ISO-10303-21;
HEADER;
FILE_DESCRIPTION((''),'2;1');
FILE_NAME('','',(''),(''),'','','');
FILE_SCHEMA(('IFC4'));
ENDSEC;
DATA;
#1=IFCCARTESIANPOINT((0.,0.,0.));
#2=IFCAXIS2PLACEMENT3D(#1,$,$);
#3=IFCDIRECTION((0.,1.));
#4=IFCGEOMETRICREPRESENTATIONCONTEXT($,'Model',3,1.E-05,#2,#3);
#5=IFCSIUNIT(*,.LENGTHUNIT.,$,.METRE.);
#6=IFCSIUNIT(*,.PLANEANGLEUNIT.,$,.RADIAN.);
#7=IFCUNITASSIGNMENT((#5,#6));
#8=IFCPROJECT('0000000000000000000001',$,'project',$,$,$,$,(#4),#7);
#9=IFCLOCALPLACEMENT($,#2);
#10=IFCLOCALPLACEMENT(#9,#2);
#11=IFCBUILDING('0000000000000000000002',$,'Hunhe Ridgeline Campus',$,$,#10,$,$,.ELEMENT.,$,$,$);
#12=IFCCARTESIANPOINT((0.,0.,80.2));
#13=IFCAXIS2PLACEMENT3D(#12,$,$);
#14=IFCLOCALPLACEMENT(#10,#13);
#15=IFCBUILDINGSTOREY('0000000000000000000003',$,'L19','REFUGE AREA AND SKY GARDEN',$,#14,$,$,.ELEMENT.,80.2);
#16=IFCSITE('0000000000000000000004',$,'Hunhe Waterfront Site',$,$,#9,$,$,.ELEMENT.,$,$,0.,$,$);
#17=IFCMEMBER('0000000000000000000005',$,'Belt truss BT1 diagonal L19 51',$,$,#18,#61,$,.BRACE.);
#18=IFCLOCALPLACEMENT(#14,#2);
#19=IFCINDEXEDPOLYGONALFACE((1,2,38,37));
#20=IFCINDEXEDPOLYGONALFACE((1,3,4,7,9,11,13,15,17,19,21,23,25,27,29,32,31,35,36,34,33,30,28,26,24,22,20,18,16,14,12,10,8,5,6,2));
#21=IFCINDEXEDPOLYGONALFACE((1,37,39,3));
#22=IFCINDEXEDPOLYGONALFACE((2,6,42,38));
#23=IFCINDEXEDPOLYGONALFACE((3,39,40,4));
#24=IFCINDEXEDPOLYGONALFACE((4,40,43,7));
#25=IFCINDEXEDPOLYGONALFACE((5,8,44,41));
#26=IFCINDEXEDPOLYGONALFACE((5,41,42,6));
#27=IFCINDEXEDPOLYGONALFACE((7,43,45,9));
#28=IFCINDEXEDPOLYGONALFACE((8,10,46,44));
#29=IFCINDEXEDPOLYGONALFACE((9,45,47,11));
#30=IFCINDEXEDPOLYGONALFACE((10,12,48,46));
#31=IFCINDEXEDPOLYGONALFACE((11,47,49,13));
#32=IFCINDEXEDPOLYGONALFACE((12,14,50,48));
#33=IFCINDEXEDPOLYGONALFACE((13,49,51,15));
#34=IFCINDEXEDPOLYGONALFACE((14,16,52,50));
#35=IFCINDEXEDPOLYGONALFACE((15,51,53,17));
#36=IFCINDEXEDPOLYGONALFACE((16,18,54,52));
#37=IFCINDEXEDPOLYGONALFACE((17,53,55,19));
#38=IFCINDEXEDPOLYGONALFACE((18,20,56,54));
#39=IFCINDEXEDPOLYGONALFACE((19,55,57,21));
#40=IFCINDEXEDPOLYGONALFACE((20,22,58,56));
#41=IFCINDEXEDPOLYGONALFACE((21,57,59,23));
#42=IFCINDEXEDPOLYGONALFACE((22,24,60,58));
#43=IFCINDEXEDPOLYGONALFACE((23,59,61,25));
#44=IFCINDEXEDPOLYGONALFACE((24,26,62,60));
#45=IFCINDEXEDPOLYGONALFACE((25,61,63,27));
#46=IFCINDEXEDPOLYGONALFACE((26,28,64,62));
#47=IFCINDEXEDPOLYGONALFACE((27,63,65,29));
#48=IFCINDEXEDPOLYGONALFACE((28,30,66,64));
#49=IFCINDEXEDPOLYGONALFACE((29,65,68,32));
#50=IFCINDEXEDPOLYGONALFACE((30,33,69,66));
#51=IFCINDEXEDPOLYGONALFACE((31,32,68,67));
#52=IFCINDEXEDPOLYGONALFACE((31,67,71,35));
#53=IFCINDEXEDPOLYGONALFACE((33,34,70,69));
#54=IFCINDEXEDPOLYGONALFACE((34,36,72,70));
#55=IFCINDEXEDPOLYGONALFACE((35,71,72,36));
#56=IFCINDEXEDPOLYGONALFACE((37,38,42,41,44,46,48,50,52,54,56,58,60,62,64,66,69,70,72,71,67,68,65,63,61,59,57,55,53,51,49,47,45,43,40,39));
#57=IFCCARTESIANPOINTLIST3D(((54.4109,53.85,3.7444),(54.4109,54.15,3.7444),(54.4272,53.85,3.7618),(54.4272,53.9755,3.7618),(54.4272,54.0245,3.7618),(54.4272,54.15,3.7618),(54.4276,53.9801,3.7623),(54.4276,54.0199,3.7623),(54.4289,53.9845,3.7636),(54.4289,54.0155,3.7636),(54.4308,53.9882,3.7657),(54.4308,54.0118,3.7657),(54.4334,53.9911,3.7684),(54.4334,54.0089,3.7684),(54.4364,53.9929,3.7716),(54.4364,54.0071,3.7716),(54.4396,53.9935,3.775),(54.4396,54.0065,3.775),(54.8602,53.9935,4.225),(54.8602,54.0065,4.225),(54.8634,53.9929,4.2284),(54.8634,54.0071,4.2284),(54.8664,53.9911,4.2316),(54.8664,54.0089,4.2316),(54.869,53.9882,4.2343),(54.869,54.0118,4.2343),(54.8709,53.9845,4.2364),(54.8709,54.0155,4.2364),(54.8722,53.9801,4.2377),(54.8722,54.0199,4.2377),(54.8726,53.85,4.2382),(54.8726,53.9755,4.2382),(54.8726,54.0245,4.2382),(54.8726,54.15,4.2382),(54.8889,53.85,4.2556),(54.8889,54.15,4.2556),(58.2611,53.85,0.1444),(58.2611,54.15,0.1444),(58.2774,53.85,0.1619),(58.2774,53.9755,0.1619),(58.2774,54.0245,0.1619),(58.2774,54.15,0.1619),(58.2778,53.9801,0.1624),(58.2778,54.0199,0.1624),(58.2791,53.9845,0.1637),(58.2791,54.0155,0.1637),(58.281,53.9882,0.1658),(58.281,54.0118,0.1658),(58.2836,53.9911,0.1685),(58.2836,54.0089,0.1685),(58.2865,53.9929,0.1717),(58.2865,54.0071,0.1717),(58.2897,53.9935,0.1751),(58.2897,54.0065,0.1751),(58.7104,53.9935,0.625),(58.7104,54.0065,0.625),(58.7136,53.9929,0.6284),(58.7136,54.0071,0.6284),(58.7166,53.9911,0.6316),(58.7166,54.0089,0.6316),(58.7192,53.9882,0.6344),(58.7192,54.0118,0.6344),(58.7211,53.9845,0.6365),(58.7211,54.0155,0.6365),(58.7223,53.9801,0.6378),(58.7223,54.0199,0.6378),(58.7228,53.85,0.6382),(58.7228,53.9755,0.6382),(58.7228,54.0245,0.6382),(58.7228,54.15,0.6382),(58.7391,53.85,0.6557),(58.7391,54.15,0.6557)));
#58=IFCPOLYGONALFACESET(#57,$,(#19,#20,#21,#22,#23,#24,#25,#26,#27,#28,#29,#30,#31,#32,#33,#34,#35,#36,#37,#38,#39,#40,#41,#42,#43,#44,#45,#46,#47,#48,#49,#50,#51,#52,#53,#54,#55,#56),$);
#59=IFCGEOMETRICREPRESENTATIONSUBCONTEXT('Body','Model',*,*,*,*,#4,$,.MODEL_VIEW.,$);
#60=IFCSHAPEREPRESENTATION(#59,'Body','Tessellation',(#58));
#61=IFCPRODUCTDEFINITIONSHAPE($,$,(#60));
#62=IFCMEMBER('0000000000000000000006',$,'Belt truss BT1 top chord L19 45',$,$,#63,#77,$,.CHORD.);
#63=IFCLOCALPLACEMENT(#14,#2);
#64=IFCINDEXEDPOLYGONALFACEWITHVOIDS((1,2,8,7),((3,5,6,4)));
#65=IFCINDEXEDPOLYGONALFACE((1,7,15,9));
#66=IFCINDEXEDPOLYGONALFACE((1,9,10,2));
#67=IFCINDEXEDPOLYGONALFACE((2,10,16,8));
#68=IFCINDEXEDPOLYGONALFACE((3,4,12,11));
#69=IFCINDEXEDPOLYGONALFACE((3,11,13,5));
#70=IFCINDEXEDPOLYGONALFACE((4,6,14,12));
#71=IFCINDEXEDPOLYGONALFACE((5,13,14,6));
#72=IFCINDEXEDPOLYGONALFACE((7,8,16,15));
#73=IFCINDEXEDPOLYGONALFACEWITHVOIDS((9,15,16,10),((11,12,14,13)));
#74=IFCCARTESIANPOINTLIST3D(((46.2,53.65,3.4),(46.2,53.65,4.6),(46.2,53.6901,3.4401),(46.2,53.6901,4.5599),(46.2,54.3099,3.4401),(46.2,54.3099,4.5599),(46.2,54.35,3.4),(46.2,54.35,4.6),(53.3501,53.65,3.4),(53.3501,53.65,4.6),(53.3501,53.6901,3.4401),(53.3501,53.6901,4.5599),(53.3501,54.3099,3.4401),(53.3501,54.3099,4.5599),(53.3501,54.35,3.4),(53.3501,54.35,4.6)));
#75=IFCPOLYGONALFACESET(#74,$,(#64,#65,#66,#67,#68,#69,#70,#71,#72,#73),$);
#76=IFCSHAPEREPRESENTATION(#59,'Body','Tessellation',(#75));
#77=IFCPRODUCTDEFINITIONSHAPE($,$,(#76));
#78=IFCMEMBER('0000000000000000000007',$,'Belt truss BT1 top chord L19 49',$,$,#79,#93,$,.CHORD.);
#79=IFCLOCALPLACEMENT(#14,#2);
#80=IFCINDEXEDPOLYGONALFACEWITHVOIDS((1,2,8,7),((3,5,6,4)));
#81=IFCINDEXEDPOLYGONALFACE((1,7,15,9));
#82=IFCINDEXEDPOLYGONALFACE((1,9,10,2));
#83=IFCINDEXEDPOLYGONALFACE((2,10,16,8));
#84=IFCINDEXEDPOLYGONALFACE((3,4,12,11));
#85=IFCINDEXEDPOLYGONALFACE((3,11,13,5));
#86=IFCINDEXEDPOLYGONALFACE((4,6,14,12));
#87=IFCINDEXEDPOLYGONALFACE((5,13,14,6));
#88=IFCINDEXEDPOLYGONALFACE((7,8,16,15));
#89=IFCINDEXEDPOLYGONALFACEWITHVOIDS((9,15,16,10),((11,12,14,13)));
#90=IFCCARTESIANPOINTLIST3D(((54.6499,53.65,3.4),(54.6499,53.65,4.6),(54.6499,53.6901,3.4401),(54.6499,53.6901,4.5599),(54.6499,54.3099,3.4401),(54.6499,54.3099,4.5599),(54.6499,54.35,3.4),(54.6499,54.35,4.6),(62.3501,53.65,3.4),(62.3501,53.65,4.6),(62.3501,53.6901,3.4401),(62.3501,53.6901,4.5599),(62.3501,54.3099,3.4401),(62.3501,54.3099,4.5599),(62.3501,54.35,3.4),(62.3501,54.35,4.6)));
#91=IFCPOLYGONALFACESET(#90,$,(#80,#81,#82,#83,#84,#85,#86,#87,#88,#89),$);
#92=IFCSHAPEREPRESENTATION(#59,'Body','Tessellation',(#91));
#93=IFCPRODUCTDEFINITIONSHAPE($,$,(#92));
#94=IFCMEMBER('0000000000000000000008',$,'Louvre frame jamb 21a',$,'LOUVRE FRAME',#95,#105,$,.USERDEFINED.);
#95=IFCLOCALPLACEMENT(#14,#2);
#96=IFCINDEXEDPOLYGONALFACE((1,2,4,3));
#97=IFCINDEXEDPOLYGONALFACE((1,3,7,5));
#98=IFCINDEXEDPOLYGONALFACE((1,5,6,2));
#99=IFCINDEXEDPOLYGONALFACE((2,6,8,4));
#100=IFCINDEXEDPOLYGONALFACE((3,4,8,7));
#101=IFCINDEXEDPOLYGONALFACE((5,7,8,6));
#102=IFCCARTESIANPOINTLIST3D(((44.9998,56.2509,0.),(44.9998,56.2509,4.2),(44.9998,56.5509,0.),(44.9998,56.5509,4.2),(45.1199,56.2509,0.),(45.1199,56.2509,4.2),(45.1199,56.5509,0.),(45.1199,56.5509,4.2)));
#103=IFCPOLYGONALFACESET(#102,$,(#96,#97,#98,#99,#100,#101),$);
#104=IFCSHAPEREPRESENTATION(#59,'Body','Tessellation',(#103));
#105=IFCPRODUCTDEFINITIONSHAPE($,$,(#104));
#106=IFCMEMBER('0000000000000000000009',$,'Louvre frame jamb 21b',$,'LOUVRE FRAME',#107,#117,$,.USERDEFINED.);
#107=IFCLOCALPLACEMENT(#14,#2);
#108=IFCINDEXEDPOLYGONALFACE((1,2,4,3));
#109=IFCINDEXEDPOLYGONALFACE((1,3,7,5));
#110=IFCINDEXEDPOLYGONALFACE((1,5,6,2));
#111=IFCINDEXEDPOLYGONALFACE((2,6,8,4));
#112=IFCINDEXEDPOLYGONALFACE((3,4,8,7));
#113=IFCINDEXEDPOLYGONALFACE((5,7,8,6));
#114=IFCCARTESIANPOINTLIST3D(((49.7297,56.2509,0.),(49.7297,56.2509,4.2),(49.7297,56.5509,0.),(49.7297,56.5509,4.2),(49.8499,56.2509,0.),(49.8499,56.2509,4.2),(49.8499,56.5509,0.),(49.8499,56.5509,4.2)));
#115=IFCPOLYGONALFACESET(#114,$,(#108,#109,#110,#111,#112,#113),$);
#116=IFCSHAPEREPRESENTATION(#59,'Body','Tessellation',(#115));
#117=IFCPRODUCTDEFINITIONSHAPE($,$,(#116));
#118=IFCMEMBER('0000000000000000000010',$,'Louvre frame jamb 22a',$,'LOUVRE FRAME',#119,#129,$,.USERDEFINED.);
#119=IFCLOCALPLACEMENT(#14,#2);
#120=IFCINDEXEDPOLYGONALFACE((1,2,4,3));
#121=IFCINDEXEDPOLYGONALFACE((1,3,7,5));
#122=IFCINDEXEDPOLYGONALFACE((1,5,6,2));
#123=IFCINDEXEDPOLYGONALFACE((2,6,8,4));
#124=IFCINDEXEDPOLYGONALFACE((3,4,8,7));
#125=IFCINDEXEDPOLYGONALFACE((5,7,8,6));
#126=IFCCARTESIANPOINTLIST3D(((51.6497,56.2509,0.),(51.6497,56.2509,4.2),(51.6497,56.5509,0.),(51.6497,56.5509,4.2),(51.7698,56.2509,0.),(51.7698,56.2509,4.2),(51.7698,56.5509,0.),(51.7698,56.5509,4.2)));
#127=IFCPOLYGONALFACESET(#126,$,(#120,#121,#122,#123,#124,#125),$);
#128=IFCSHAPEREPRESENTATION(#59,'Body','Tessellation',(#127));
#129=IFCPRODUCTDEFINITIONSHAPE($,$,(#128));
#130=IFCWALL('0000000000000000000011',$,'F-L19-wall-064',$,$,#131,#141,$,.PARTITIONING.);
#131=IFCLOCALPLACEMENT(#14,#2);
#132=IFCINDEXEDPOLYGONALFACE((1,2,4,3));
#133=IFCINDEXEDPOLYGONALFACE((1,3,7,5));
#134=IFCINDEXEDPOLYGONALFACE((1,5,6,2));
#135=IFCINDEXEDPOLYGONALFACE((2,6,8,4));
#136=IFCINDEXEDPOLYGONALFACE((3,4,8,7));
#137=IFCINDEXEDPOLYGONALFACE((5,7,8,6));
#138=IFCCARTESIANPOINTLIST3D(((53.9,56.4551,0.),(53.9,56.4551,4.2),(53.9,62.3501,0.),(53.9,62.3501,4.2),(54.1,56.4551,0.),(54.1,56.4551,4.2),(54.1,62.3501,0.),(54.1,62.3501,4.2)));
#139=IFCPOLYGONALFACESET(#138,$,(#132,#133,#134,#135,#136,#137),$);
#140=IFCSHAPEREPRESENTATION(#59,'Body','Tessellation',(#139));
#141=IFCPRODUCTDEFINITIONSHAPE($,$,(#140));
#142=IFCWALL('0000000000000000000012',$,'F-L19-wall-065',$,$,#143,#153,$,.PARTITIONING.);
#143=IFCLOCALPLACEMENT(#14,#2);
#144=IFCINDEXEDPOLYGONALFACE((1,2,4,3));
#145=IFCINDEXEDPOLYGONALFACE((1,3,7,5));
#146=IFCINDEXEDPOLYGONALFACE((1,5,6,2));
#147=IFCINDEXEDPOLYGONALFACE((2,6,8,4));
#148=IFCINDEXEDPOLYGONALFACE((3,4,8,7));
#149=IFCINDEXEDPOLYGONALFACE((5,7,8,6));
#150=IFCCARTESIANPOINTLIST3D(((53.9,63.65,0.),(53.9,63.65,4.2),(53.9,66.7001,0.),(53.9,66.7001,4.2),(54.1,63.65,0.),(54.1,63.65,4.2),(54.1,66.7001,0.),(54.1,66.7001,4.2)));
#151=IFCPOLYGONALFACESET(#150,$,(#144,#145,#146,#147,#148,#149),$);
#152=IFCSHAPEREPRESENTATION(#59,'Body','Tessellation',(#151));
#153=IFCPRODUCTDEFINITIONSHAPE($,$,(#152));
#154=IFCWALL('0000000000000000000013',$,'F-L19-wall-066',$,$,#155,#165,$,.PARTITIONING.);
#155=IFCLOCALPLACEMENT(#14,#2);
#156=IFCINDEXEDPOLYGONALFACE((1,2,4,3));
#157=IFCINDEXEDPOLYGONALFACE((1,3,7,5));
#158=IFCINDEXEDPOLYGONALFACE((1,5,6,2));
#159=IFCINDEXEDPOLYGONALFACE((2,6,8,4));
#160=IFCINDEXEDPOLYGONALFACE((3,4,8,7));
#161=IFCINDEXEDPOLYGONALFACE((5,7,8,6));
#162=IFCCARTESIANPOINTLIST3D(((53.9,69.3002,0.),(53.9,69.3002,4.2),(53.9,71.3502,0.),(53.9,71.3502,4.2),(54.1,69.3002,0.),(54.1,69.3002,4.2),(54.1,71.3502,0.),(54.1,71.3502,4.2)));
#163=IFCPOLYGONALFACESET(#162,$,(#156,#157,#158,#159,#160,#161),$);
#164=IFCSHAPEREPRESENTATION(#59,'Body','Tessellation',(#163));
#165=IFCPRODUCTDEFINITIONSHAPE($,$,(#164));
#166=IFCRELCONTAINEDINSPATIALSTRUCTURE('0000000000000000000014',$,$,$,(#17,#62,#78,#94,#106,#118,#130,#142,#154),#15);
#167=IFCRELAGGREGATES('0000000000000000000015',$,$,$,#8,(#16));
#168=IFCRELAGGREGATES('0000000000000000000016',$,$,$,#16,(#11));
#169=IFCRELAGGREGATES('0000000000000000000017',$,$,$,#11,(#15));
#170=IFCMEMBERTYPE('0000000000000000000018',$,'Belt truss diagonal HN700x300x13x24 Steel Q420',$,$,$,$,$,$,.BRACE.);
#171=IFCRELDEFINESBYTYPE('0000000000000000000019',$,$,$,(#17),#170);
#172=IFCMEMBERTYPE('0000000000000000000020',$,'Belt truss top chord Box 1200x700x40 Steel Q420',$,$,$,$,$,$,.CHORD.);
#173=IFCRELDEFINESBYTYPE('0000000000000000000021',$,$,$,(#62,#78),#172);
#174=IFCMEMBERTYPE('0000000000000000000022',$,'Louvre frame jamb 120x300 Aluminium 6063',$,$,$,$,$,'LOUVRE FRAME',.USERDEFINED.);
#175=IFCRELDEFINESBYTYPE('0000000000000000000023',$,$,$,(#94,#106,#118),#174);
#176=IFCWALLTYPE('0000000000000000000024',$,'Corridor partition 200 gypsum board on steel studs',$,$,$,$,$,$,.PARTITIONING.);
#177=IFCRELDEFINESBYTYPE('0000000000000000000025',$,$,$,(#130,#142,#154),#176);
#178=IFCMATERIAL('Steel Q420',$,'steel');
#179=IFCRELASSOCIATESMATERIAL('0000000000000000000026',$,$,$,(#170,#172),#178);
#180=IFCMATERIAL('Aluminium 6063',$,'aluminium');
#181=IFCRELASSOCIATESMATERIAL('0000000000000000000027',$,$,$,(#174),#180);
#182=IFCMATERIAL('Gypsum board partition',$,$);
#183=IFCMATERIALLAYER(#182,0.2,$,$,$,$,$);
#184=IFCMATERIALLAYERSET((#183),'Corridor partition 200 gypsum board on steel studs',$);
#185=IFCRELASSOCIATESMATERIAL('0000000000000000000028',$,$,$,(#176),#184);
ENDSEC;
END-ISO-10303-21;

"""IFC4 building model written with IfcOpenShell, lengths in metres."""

from ifc_helpers import new_model, si_unit, direction, frame, frame_2d, origin, origin_2d, place, context, subcontext, project, spatial, rectangle, hollow_rectangle, i_section, extrude, material, layer, layer_set, material_profile, profile_set, type_object, element, save


model = new_model("IFC4")

# Units and contexts
model_context = context("Model", 3, precision=1e-05, world=origin(), true_north=direction((0.0, 1.0)))
body_context = subcontext(model_context, "Body", "Model", "MODEL_VIEW")
ifc_project = project(units=[si_unit("LENGTHUNIT", "METRE"), si_unit("PLANEANGLEUNIT", "RADIAN")], contexts=[model_context])

# Site, building, storey
site_placement = place(None, origin())
site = spatial("IfcSite", under=ifc_project, at=site_placement, Name="Hunhe Waterfront Site", CompositionType="ELEMENT", RefElevation=0.0)
building_placement = place(site_placement, origin())
building = spatial("IfcBuilding", under=site, at=building_placement, Name="Hunhe Ridgeline Campus", CompositionType="ELEMENT")
storey_placement = place(building_placement, frame((0.0, 0.0, 80.2)))
storey = spatial("IfcBuildingStorey", under=building, at=storey_placement, Name="L19", Description="REFUGE AREA AND SKY GARDEN", CompositionType="ELEMENT", Elevation=80.2)

# Members
ifc_material_1 = material(Name="Steel Q420", Category="steel")
ifc_material_profile_1 = material_profile(ifc_material_1, i_section(OverallWidth=0.3, OverallDepth=0.7, WebThickness=0.0129, FlangeThickness=0.0239, FilletRadius=0.0181, at=origin_2d()))
ifc_profile_set_1 = profile_set([ifc_material_profile_1], Name="Steel Q420")
member_type_1 = type_object("IfcMemberType", Name="Belt truss diagonal HN700x300x13x24 Steel Q420", PredefinedType="BRACE", material=ifc_profile_set_1)
member_1_placement = place(storey_placement, frame((54.6499, 54.0, 4.0), z_axis=(0.730447, 0.0, -0.68297), x_axis=(0.0, 1.0, 0.0)))
element("IfcMember", 1, at=member_1_placement, inside=storey, type_object=member_type_1, Name="Belt truss BT1 diagonal L19 51", PredefinedType="BRACE", context=body_context, shape_type="SweptSolid", body=[
    extrude(i_section(OverallWidth=0.3, OverallDepth=0.7, WebThickness=0.0129, FlangeThickness=0.0239, FilletRadius=0.0181, at=origin_2d()), origin(), (0.0, 0.0, 1.0), 5.271),
])
ifc_material_profile_2 = material_profile(ifc_material_1, hollow_rectangle(XDim=0.7, YDim=1.2, WallThickness=0.04, at=origin_2d()))
ifc_profile_set_2 = profile_set([ifc_material_profile_2], Name="Steel Q420")
member_type_2 = type_object("IfcMemberType", Name="Belt truss top chord Box 1200x700x40 Steel Q420", PredefinedType="CHORD", material=ifc_profile_set_2)
member_2_placement = place(storey_placement, frame((46.2, 54.0, 4.0), z_axis=(1.0, 0.0, 0.0), x_axis=(0.0, 1.0, 0.0)))
element("IfcMember", 2, at=member_2_placement, inside=storey, type_object=member_type_2, Name="Belt truss BT1 top chord L19 45", PredefinedType="CHORD", context=body_context, shape_type="SweptSolid", body=[
    extrude(hollow_rectangle(XDim=0.7, YDim=1.2, WallThickness=0.04, at=origin_2d()), origin(), (0.0, 0.0, 1.0), 7.1501),
])
member_3_placement = place(storey_placement, frame((54.6499, 54.0, 4.0), z_axis=(1.0, 0.0, 0.0), x_axis=(0.0, 1.0, 0.0)))
element("IfcMember", 3, at=member_3_placement, inside=storey, type_object=member_type_2, Name="Belt truss BT1 top chord L19 49", PredefinedType="CHORD", context=body_context, shape_type="SweptSolid", body=[
    extrude(hollow_rectangle(XDim=0.7, YDim=1.2, WallThickness=0.04, at=origin_2d()), origin(), (0.0, 0.0, 1.0), 7.7002),
])
ifc_material_2 = material(Name="Aluminium 6063", Category="aluminium")
ifc_material_profile_3 = material_profile(ifc_material_2, rectangle(XDim=0.3, YDim=0.1201, at=origin_2d()))
ifc_profile_set_3 = profile_set([ifc_material_profile_3], Name="Aluminium 6063")
member_type_3 = type_object("IfcMemberType", Name="Louvre frame jamb 120x300 Aluminium 6063", ElementType="LOUVRE FRAME", PredefinedType="USERDEFINED", material=ifc_profile_set_3)
for number, where, z_axis, x_axis, name in (
    (4, (45.0598, 56.4009, 0.0), (0.0, 0.0, 1.0), (0.0, 1.0, 0.0), "Louvre frame jamb 21a"),
    (5, (49.7898, 56.4009, 0.0), (0.0, 0.0, 1.0), (0.0, 1.0, 0.0), "Louvre frame jamb 21b"),
    (6, (51.7097, 56.4009, 0.0), (0.0, 0.0, 1.0), (0.0, 1.0, 0.0), "Louvre frame jamb 22a"),
):
    element("IfcMember", number, at=place(storey_placement, frame(where, z_axis=z_axis, x_axis=x_axis)), inside=storey, type_object=member_type_3, Name=name, ObjectType="LOUVRE FRAME", PredefinedType="USERDEFINED", context=body_context, shape_type="SweptSolid", body=[
        extrude(rectangle(XDim=0.3, YDim=0.1201, at=origin_2d()), origin(), (0.0, 0.0, 1.0), 4.2),
    ])

# Walls
ifc_material_3 = material(Name="Gypsum board partition")
ifc_layer_1 = layer(ifc_material_3, 0.2)
ifc_layer_set_1 = layer_set([ifc_layer_1], Name="Corridor partition 200 gypsum board on steel studs")
wall_type_1 = type_object("IfcWallType", Name="Corridor partition 200 gypsum board on steel studs", PredefinedType="PARTITIONING", material=ifc_layer_set_1)
wall_1_placement = place(storey_placement, frame((54.0, 62.3501, 0.0), z_axis=(0.0, 0.0, 1.0), x_axis=(0.0, -1.0, 0.0)))
element("IfcWall", 7, at=wall_1_placement, inside=storey, type_object=wall_type_1, Name="F-L19-wall-064", PredefinedType="PARTITIONING", context=body_context, shape_type="SweptSolid", body=[
    extrude(rectangle(XDim=5.895, YDim=0.2, at=frame_2d((2.9475, 0.0))), origin(), (0.0, 0.0, 1.0), 4.2),
])
wall_2_placement = place(storey_placement, frame((54.0, 66.7, 0.0), z_axis=(0.0, 0.0, 1.0), x_axis=(0.0, -1.0, 0.0)))
element("IfcWall", 8, at=wall_2_placement, inside=storey, type_object=wall_type_1, Name="F-L19-wall-065", PredefinedType="PARTITIONING", context=body_context, shape_type="SweptSolid", body=[
    extrude(rectangle(XDim=3.05, YDim=0.2, at=frame_2d((1.5249, 0.0))), origin(), (0.0, 0.0, 1.0), 4.2),
])
wall_3_placement = place(storey_placement, frame((54.0, 71.3501, 0.0), z_axis=(0.0, 0.0, 1.0), x_axis=(0.0, -1.0, 0.0)))
element("IfcWall", 9, at=wall_3_placement, inside=storey, type_object=wall_type_1, Name="F-L19-wall-066", PredefinedType="PARTITIONING", context=body_context, shape_type="SweptSolid", body=[
    extrude(rectangle(XDim=2.05, YDim=0.2, at=frame_2d((1.0249, 0.0))), origin(), (0.0, 0.0, 1.0), 4.2),
])

save(model, "model.ifc")
